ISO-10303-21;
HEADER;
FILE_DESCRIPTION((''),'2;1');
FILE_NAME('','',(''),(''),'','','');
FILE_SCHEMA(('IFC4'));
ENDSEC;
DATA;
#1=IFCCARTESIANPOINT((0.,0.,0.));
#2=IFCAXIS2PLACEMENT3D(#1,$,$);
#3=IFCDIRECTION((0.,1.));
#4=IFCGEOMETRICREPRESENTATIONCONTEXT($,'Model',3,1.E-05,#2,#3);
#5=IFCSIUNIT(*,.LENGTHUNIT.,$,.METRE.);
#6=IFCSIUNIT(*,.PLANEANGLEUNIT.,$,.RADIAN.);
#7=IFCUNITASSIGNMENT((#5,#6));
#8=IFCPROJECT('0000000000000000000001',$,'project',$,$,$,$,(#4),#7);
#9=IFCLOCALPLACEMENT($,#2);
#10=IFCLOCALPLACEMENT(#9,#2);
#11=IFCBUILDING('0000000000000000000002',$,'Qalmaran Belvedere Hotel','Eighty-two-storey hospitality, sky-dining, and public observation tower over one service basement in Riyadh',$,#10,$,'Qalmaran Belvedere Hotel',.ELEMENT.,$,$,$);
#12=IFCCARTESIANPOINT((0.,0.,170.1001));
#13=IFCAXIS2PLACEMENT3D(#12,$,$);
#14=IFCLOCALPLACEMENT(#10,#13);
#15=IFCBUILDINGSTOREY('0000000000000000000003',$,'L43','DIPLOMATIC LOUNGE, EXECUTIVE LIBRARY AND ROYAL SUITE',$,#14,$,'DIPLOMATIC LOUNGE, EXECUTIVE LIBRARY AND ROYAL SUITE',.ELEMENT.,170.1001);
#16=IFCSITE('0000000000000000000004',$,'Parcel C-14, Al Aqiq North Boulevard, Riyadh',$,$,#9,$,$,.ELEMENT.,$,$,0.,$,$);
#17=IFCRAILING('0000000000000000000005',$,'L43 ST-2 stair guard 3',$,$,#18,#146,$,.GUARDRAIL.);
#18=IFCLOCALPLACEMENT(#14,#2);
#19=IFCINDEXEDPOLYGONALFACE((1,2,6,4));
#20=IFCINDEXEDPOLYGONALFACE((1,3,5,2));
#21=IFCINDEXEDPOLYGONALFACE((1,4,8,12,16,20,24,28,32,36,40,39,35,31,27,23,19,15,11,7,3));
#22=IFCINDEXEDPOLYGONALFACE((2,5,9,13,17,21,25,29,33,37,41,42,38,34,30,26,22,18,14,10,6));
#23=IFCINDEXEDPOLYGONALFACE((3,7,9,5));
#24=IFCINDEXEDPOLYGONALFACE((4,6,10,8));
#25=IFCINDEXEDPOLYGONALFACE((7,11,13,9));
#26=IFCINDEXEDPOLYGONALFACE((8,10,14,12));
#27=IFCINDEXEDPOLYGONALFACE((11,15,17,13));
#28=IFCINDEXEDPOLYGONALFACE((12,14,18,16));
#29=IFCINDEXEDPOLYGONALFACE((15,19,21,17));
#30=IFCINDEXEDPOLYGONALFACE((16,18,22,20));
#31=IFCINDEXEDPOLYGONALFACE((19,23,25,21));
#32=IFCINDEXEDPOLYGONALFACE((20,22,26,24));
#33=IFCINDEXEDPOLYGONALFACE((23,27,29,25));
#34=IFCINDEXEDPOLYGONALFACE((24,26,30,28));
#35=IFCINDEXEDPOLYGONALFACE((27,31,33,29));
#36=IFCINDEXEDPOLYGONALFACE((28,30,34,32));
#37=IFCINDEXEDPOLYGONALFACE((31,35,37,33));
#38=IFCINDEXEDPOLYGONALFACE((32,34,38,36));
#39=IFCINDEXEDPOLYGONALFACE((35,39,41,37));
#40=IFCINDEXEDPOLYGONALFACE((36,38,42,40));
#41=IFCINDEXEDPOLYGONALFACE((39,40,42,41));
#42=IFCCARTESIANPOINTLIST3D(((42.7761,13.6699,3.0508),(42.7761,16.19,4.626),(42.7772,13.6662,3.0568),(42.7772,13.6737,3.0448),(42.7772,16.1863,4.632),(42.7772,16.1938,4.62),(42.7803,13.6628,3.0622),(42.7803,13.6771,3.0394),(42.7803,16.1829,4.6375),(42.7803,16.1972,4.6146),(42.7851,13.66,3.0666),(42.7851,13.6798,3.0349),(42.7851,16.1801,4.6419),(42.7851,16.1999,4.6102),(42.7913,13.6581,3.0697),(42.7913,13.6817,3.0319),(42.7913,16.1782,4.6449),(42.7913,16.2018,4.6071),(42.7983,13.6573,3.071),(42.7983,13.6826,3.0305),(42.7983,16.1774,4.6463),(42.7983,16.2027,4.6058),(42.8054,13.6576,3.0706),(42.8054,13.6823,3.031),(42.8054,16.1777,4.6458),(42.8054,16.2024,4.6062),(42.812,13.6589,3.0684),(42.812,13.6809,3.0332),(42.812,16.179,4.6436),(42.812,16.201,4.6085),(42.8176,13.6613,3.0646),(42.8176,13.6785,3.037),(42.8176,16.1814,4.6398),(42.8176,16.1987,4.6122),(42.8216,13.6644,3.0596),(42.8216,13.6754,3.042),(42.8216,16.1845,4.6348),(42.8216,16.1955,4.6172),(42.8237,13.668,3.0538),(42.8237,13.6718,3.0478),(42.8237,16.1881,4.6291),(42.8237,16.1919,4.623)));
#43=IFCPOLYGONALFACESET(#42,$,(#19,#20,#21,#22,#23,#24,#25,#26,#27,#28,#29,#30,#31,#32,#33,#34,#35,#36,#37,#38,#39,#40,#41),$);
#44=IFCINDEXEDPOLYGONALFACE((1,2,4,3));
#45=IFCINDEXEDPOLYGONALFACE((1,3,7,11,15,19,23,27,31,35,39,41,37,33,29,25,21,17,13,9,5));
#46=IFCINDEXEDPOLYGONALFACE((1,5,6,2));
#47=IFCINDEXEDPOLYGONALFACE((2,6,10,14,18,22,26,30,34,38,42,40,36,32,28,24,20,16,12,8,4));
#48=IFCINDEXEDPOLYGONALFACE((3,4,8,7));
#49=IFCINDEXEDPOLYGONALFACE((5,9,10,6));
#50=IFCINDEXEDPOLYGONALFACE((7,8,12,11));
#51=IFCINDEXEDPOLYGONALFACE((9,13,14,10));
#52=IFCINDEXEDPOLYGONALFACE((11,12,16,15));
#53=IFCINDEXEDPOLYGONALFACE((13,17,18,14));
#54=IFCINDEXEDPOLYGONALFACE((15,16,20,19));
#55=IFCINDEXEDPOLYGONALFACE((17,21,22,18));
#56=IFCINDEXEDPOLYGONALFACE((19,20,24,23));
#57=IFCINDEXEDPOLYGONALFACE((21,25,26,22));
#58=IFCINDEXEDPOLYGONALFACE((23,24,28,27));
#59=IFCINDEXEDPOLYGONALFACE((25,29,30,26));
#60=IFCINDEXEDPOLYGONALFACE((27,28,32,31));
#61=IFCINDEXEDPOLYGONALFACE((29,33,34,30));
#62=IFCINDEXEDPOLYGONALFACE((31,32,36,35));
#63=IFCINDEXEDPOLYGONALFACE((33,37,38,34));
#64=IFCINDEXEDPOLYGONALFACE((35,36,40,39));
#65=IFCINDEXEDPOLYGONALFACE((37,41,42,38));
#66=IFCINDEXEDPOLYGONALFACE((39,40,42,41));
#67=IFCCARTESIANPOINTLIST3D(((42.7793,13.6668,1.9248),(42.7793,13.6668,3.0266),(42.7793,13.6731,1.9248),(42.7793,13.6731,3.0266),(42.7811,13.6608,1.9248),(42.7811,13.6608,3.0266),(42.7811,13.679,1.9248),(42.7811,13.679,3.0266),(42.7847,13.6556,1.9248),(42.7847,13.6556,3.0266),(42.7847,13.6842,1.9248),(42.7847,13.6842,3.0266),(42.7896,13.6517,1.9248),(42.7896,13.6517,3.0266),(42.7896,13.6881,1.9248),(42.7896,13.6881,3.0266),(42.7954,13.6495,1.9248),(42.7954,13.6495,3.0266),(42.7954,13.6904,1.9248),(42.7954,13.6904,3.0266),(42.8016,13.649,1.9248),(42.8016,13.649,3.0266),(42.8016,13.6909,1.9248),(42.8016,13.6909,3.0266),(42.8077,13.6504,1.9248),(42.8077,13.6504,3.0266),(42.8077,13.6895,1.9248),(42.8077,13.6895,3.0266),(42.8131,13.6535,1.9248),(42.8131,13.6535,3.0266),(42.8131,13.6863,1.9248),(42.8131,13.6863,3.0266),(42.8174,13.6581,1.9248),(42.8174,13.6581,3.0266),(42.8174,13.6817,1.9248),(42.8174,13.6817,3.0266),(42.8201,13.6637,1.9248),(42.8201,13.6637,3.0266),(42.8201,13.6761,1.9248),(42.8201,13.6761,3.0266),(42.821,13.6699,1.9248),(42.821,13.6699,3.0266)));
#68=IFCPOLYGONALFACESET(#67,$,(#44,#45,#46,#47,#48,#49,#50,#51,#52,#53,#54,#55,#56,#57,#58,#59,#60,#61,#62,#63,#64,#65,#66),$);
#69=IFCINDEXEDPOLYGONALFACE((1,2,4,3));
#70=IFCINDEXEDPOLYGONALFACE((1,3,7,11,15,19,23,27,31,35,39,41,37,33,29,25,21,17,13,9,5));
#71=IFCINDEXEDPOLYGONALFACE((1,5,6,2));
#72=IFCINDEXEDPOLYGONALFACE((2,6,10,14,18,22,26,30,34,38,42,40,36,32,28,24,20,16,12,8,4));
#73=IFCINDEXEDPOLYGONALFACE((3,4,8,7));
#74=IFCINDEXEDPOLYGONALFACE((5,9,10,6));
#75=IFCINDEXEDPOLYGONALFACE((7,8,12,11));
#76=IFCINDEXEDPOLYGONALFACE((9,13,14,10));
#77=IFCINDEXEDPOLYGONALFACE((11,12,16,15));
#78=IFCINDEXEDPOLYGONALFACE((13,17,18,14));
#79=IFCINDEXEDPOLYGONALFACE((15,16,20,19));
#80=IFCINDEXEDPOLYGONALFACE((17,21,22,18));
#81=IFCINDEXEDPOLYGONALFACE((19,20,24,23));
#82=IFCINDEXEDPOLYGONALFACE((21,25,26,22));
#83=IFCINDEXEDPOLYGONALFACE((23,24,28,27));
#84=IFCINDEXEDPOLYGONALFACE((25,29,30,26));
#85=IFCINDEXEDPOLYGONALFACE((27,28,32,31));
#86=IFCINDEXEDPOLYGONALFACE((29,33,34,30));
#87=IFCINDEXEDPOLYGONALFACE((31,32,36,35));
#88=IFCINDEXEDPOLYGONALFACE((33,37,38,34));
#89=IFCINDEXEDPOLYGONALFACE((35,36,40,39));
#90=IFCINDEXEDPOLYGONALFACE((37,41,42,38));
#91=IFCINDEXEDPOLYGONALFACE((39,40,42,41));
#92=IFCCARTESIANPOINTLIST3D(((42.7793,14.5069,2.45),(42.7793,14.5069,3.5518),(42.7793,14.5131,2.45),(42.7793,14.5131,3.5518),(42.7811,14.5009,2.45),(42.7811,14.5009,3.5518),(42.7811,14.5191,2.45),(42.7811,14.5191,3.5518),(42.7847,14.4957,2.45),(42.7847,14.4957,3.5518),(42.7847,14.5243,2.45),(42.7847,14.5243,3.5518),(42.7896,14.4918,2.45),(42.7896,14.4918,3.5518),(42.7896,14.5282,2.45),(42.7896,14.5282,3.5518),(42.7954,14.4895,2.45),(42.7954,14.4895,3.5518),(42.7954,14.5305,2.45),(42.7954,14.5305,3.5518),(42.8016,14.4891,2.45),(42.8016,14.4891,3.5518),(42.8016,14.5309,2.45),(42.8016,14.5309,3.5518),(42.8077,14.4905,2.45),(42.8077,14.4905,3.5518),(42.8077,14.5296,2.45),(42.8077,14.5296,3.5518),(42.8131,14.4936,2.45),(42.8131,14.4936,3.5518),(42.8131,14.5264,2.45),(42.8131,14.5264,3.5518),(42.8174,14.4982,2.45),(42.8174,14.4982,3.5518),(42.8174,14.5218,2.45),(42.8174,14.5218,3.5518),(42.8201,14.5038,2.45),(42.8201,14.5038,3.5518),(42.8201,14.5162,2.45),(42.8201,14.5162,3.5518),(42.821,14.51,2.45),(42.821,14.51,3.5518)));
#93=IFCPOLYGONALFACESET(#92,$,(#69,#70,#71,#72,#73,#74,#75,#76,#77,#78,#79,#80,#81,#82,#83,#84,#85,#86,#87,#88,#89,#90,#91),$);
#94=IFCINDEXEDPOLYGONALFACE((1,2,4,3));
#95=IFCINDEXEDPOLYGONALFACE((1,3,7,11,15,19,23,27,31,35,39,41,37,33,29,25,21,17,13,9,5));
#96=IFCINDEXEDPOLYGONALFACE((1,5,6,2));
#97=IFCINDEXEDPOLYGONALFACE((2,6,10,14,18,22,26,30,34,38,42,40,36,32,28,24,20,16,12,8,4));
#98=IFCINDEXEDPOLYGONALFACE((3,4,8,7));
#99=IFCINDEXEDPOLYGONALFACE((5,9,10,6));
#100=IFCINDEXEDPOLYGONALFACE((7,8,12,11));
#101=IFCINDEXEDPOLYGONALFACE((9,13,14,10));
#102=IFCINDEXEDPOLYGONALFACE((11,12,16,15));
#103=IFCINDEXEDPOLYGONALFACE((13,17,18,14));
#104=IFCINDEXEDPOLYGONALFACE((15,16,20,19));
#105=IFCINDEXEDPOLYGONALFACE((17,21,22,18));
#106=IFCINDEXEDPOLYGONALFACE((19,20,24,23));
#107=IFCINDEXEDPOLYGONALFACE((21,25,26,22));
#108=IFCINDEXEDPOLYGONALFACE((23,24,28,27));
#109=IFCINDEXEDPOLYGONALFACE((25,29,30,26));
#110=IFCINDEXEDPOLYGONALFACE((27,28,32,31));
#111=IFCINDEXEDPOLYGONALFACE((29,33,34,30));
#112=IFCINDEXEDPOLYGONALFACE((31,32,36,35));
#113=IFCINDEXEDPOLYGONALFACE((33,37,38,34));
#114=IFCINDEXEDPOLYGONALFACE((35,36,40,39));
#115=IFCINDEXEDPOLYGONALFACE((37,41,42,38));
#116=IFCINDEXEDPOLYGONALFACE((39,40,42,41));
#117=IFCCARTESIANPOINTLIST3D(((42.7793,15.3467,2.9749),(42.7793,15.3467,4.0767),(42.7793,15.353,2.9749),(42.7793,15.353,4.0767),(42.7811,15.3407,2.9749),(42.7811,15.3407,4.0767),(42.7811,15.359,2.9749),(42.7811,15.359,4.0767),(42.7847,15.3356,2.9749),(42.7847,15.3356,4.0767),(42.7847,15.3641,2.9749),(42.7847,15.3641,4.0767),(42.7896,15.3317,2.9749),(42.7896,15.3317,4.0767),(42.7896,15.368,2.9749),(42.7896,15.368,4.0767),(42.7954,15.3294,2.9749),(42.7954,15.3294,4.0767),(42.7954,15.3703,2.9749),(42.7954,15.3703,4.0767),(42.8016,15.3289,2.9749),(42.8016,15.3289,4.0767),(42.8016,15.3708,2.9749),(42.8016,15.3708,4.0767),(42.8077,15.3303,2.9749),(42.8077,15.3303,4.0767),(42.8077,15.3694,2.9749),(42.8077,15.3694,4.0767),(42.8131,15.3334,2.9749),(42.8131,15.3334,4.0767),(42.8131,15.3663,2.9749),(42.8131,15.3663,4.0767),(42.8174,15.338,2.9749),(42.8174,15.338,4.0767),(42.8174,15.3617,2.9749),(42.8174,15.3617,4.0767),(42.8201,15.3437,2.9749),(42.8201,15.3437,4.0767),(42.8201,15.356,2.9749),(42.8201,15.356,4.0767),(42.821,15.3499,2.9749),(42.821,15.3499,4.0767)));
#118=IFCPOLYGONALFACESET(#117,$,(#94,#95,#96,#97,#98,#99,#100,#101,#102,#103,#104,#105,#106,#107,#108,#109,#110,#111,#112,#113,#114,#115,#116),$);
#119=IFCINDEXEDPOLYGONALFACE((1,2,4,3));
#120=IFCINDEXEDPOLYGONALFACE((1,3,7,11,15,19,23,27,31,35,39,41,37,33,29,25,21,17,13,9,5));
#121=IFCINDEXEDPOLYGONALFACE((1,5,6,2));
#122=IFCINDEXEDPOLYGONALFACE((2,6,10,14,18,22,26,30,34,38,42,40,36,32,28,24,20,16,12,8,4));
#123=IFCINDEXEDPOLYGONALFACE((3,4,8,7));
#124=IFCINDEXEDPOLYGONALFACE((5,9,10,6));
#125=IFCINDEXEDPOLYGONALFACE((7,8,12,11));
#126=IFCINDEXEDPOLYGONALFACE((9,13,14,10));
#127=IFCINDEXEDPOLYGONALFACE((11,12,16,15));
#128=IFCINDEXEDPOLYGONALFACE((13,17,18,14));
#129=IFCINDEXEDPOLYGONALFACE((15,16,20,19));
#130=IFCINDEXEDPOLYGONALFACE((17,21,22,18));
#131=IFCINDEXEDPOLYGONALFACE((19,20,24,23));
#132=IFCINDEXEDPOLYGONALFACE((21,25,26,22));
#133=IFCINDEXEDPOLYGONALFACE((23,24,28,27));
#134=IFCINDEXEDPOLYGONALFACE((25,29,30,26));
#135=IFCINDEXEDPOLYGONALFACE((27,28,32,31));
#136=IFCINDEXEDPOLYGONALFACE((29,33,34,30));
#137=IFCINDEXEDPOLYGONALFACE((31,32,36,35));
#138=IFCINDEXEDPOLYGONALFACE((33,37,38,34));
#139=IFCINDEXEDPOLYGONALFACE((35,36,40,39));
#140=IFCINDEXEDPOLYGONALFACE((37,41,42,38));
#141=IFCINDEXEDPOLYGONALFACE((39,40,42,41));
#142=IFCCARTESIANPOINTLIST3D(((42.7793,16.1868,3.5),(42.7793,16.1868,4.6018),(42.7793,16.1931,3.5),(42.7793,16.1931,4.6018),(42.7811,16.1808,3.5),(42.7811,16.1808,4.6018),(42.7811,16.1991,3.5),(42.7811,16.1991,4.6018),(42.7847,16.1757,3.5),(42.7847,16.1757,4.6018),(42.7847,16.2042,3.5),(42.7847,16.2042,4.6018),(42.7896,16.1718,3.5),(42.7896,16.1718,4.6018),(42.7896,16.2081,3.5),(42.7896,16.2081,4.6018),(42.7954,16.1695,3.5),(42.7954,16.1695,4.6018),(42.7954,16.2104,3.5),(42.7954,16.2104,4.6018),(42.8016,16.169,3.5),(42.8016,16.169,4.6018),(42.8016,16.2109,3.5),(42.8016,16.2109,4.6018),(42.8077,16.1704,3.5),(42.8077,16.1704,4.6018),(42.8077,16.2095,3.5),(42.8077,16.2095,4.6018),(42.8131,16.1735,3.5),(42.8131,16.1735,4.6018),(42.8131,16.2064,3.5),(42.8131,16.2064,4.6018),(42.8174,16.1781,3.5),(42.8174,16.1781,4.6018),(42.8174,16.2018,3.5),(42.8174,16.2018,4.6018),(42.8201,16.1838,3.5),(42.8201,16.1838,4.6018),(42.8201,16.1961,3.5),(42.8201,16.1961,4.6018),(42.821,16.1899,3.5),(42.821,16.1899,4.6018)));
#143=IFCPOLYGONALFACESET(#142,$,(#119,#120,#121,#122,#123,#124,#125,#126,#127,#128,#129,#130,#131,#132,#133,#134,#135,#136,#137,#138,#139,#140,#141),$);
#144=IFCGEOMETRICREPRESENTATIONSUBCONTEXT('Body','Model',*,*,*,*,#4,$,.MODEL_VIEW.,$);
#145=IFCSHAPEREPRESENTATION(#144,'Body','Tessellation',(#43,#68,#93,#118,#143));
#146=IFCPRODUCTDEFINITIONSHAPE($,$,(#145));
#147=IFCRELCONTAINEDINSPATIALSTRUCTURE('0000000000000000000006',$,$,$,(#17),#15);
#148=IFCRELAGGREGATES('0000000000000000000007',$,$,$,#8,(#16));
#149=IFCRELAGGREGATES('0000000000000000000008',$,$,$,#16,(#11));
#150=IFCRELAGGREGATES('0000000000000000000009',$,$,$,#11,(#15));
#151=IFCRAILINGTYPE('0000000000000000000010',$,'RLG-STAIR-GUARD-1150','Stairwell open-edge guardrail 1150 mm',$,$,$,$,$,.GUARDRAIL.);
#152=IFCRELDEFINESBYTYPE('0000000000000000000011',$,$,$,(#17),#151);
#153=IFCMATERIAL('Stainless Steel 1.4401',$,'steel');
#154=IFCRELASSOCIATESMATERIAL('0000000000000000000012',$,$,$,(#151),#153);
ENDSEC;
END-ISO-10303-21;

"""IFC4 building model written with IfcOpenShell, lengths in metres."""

from ifc_helpers import new_model, si_unit, direction, frame, origin, origin_2d, place, context, subcontext, project, spatial, circle, extrude, material, type_object, element, save


model = new_model("IFC4")

# Units and contexts
model_context = context("Model", 3, precision=1e-05, world=origin(), true_north=direction((0.0, 1.0)))
body_context = subcontext(model_context, "Body", "Model", "MODEL_VIEW")
ifc_project = project(units=[si_unit("LENGTHUNIT", "METRE"), si_unit("PLANEANGLEUNIT", "RADIAN")], contexts=[model_context])

# Site, building, storey
site_placement = place(None, origin())
site = spatial("IfcSite", under=ifc_project, at=site_placement, Name="Parcel C-14, Al Aqiq North Boulevard, Riyadh", CompositionType="ELEMENT", RefElevation=0.0)
building_placement = place(site_placement, origin())
building = spatial("IfcBuilding", under=site, at=building_placement, Name="Qalmaran Belvedere Hotel", Description="Eighty-two-storey hospitality, sky-dining, and public observation tower over one service basement in Riyadh", LongName="Qalmaran Belvedere Hotel", CompositionType="ELEMENT")
storey_placement = place(building_placement, frame((0.0, 0.0, 170.1001)))
storey = spatial("IfcBuildingStorey", under=building, at=storey_placement, Name="L43", Description="DIPLOMATIC LOUNGE, EXECUTIVE LIBRARY AND ROYAL SUITE", LongName="DIPLOMATIC LOUNGE, EXECUTIVE LIBRARY AND ROYAL SUITE", CompositionType="ELEMENT", Elevation=170.1001)

# Railing
ifc_material_1 = material(Name="Stainless Steel 1.4401", Category="steel")
railing_type_1 = type_object("IfcRailingType", Name="RLG-STAIR-GUARD-1150", Description="Stairwell open-edge guardrail 1150 mm", PredefinedType="GUARDRAIL", material=ifc_material_1)
railing_1_placement = place(storey_placement, frame((42.8, 13.6699, 1.9248)))
element("IfcRailing", 1, at=railing_1_placement, inside=storey, type_object=railing_type_1, Name="L43 ST-2 stair guard 3", PredefinedType="GUARDRAIL", context=body_context, shape_type="SweptSolid", body=[
    extrude(circle(Radius=0.0239, at=origin_2d()), frame((0.0, 0.0, 1.126), z_axis=(0.0, 0.847971, 0.530043), x_axis=(-1.0, 0.0, 0.0)), (0.0, 0.0, 1.0), 2.9719),
    extrude(circle(Radius=0.021, at=origin_2d()), origin(), (0.0, 0.0, 1.0), 1.1018),
    extrude(circle(Radius=0.021, at=origin_2d()), frame((0.0, 0.8401, 0.5251)), (0.0, 0.0, 1.0), 1.1018),
    extrude(circle(Radius=0.021, at=origin_2d()), frame((0.0, 1.6799, 1.05)), (0.0, 0.0, 1.0), 1.1018),
    extrude(circle(Radius=0.021, at=origin_2d()), frame((0.0, 2.52, 1.5752)), (0.0, 0.0, 1.0), 1.1018),
])

save(model, "model.ifc")
